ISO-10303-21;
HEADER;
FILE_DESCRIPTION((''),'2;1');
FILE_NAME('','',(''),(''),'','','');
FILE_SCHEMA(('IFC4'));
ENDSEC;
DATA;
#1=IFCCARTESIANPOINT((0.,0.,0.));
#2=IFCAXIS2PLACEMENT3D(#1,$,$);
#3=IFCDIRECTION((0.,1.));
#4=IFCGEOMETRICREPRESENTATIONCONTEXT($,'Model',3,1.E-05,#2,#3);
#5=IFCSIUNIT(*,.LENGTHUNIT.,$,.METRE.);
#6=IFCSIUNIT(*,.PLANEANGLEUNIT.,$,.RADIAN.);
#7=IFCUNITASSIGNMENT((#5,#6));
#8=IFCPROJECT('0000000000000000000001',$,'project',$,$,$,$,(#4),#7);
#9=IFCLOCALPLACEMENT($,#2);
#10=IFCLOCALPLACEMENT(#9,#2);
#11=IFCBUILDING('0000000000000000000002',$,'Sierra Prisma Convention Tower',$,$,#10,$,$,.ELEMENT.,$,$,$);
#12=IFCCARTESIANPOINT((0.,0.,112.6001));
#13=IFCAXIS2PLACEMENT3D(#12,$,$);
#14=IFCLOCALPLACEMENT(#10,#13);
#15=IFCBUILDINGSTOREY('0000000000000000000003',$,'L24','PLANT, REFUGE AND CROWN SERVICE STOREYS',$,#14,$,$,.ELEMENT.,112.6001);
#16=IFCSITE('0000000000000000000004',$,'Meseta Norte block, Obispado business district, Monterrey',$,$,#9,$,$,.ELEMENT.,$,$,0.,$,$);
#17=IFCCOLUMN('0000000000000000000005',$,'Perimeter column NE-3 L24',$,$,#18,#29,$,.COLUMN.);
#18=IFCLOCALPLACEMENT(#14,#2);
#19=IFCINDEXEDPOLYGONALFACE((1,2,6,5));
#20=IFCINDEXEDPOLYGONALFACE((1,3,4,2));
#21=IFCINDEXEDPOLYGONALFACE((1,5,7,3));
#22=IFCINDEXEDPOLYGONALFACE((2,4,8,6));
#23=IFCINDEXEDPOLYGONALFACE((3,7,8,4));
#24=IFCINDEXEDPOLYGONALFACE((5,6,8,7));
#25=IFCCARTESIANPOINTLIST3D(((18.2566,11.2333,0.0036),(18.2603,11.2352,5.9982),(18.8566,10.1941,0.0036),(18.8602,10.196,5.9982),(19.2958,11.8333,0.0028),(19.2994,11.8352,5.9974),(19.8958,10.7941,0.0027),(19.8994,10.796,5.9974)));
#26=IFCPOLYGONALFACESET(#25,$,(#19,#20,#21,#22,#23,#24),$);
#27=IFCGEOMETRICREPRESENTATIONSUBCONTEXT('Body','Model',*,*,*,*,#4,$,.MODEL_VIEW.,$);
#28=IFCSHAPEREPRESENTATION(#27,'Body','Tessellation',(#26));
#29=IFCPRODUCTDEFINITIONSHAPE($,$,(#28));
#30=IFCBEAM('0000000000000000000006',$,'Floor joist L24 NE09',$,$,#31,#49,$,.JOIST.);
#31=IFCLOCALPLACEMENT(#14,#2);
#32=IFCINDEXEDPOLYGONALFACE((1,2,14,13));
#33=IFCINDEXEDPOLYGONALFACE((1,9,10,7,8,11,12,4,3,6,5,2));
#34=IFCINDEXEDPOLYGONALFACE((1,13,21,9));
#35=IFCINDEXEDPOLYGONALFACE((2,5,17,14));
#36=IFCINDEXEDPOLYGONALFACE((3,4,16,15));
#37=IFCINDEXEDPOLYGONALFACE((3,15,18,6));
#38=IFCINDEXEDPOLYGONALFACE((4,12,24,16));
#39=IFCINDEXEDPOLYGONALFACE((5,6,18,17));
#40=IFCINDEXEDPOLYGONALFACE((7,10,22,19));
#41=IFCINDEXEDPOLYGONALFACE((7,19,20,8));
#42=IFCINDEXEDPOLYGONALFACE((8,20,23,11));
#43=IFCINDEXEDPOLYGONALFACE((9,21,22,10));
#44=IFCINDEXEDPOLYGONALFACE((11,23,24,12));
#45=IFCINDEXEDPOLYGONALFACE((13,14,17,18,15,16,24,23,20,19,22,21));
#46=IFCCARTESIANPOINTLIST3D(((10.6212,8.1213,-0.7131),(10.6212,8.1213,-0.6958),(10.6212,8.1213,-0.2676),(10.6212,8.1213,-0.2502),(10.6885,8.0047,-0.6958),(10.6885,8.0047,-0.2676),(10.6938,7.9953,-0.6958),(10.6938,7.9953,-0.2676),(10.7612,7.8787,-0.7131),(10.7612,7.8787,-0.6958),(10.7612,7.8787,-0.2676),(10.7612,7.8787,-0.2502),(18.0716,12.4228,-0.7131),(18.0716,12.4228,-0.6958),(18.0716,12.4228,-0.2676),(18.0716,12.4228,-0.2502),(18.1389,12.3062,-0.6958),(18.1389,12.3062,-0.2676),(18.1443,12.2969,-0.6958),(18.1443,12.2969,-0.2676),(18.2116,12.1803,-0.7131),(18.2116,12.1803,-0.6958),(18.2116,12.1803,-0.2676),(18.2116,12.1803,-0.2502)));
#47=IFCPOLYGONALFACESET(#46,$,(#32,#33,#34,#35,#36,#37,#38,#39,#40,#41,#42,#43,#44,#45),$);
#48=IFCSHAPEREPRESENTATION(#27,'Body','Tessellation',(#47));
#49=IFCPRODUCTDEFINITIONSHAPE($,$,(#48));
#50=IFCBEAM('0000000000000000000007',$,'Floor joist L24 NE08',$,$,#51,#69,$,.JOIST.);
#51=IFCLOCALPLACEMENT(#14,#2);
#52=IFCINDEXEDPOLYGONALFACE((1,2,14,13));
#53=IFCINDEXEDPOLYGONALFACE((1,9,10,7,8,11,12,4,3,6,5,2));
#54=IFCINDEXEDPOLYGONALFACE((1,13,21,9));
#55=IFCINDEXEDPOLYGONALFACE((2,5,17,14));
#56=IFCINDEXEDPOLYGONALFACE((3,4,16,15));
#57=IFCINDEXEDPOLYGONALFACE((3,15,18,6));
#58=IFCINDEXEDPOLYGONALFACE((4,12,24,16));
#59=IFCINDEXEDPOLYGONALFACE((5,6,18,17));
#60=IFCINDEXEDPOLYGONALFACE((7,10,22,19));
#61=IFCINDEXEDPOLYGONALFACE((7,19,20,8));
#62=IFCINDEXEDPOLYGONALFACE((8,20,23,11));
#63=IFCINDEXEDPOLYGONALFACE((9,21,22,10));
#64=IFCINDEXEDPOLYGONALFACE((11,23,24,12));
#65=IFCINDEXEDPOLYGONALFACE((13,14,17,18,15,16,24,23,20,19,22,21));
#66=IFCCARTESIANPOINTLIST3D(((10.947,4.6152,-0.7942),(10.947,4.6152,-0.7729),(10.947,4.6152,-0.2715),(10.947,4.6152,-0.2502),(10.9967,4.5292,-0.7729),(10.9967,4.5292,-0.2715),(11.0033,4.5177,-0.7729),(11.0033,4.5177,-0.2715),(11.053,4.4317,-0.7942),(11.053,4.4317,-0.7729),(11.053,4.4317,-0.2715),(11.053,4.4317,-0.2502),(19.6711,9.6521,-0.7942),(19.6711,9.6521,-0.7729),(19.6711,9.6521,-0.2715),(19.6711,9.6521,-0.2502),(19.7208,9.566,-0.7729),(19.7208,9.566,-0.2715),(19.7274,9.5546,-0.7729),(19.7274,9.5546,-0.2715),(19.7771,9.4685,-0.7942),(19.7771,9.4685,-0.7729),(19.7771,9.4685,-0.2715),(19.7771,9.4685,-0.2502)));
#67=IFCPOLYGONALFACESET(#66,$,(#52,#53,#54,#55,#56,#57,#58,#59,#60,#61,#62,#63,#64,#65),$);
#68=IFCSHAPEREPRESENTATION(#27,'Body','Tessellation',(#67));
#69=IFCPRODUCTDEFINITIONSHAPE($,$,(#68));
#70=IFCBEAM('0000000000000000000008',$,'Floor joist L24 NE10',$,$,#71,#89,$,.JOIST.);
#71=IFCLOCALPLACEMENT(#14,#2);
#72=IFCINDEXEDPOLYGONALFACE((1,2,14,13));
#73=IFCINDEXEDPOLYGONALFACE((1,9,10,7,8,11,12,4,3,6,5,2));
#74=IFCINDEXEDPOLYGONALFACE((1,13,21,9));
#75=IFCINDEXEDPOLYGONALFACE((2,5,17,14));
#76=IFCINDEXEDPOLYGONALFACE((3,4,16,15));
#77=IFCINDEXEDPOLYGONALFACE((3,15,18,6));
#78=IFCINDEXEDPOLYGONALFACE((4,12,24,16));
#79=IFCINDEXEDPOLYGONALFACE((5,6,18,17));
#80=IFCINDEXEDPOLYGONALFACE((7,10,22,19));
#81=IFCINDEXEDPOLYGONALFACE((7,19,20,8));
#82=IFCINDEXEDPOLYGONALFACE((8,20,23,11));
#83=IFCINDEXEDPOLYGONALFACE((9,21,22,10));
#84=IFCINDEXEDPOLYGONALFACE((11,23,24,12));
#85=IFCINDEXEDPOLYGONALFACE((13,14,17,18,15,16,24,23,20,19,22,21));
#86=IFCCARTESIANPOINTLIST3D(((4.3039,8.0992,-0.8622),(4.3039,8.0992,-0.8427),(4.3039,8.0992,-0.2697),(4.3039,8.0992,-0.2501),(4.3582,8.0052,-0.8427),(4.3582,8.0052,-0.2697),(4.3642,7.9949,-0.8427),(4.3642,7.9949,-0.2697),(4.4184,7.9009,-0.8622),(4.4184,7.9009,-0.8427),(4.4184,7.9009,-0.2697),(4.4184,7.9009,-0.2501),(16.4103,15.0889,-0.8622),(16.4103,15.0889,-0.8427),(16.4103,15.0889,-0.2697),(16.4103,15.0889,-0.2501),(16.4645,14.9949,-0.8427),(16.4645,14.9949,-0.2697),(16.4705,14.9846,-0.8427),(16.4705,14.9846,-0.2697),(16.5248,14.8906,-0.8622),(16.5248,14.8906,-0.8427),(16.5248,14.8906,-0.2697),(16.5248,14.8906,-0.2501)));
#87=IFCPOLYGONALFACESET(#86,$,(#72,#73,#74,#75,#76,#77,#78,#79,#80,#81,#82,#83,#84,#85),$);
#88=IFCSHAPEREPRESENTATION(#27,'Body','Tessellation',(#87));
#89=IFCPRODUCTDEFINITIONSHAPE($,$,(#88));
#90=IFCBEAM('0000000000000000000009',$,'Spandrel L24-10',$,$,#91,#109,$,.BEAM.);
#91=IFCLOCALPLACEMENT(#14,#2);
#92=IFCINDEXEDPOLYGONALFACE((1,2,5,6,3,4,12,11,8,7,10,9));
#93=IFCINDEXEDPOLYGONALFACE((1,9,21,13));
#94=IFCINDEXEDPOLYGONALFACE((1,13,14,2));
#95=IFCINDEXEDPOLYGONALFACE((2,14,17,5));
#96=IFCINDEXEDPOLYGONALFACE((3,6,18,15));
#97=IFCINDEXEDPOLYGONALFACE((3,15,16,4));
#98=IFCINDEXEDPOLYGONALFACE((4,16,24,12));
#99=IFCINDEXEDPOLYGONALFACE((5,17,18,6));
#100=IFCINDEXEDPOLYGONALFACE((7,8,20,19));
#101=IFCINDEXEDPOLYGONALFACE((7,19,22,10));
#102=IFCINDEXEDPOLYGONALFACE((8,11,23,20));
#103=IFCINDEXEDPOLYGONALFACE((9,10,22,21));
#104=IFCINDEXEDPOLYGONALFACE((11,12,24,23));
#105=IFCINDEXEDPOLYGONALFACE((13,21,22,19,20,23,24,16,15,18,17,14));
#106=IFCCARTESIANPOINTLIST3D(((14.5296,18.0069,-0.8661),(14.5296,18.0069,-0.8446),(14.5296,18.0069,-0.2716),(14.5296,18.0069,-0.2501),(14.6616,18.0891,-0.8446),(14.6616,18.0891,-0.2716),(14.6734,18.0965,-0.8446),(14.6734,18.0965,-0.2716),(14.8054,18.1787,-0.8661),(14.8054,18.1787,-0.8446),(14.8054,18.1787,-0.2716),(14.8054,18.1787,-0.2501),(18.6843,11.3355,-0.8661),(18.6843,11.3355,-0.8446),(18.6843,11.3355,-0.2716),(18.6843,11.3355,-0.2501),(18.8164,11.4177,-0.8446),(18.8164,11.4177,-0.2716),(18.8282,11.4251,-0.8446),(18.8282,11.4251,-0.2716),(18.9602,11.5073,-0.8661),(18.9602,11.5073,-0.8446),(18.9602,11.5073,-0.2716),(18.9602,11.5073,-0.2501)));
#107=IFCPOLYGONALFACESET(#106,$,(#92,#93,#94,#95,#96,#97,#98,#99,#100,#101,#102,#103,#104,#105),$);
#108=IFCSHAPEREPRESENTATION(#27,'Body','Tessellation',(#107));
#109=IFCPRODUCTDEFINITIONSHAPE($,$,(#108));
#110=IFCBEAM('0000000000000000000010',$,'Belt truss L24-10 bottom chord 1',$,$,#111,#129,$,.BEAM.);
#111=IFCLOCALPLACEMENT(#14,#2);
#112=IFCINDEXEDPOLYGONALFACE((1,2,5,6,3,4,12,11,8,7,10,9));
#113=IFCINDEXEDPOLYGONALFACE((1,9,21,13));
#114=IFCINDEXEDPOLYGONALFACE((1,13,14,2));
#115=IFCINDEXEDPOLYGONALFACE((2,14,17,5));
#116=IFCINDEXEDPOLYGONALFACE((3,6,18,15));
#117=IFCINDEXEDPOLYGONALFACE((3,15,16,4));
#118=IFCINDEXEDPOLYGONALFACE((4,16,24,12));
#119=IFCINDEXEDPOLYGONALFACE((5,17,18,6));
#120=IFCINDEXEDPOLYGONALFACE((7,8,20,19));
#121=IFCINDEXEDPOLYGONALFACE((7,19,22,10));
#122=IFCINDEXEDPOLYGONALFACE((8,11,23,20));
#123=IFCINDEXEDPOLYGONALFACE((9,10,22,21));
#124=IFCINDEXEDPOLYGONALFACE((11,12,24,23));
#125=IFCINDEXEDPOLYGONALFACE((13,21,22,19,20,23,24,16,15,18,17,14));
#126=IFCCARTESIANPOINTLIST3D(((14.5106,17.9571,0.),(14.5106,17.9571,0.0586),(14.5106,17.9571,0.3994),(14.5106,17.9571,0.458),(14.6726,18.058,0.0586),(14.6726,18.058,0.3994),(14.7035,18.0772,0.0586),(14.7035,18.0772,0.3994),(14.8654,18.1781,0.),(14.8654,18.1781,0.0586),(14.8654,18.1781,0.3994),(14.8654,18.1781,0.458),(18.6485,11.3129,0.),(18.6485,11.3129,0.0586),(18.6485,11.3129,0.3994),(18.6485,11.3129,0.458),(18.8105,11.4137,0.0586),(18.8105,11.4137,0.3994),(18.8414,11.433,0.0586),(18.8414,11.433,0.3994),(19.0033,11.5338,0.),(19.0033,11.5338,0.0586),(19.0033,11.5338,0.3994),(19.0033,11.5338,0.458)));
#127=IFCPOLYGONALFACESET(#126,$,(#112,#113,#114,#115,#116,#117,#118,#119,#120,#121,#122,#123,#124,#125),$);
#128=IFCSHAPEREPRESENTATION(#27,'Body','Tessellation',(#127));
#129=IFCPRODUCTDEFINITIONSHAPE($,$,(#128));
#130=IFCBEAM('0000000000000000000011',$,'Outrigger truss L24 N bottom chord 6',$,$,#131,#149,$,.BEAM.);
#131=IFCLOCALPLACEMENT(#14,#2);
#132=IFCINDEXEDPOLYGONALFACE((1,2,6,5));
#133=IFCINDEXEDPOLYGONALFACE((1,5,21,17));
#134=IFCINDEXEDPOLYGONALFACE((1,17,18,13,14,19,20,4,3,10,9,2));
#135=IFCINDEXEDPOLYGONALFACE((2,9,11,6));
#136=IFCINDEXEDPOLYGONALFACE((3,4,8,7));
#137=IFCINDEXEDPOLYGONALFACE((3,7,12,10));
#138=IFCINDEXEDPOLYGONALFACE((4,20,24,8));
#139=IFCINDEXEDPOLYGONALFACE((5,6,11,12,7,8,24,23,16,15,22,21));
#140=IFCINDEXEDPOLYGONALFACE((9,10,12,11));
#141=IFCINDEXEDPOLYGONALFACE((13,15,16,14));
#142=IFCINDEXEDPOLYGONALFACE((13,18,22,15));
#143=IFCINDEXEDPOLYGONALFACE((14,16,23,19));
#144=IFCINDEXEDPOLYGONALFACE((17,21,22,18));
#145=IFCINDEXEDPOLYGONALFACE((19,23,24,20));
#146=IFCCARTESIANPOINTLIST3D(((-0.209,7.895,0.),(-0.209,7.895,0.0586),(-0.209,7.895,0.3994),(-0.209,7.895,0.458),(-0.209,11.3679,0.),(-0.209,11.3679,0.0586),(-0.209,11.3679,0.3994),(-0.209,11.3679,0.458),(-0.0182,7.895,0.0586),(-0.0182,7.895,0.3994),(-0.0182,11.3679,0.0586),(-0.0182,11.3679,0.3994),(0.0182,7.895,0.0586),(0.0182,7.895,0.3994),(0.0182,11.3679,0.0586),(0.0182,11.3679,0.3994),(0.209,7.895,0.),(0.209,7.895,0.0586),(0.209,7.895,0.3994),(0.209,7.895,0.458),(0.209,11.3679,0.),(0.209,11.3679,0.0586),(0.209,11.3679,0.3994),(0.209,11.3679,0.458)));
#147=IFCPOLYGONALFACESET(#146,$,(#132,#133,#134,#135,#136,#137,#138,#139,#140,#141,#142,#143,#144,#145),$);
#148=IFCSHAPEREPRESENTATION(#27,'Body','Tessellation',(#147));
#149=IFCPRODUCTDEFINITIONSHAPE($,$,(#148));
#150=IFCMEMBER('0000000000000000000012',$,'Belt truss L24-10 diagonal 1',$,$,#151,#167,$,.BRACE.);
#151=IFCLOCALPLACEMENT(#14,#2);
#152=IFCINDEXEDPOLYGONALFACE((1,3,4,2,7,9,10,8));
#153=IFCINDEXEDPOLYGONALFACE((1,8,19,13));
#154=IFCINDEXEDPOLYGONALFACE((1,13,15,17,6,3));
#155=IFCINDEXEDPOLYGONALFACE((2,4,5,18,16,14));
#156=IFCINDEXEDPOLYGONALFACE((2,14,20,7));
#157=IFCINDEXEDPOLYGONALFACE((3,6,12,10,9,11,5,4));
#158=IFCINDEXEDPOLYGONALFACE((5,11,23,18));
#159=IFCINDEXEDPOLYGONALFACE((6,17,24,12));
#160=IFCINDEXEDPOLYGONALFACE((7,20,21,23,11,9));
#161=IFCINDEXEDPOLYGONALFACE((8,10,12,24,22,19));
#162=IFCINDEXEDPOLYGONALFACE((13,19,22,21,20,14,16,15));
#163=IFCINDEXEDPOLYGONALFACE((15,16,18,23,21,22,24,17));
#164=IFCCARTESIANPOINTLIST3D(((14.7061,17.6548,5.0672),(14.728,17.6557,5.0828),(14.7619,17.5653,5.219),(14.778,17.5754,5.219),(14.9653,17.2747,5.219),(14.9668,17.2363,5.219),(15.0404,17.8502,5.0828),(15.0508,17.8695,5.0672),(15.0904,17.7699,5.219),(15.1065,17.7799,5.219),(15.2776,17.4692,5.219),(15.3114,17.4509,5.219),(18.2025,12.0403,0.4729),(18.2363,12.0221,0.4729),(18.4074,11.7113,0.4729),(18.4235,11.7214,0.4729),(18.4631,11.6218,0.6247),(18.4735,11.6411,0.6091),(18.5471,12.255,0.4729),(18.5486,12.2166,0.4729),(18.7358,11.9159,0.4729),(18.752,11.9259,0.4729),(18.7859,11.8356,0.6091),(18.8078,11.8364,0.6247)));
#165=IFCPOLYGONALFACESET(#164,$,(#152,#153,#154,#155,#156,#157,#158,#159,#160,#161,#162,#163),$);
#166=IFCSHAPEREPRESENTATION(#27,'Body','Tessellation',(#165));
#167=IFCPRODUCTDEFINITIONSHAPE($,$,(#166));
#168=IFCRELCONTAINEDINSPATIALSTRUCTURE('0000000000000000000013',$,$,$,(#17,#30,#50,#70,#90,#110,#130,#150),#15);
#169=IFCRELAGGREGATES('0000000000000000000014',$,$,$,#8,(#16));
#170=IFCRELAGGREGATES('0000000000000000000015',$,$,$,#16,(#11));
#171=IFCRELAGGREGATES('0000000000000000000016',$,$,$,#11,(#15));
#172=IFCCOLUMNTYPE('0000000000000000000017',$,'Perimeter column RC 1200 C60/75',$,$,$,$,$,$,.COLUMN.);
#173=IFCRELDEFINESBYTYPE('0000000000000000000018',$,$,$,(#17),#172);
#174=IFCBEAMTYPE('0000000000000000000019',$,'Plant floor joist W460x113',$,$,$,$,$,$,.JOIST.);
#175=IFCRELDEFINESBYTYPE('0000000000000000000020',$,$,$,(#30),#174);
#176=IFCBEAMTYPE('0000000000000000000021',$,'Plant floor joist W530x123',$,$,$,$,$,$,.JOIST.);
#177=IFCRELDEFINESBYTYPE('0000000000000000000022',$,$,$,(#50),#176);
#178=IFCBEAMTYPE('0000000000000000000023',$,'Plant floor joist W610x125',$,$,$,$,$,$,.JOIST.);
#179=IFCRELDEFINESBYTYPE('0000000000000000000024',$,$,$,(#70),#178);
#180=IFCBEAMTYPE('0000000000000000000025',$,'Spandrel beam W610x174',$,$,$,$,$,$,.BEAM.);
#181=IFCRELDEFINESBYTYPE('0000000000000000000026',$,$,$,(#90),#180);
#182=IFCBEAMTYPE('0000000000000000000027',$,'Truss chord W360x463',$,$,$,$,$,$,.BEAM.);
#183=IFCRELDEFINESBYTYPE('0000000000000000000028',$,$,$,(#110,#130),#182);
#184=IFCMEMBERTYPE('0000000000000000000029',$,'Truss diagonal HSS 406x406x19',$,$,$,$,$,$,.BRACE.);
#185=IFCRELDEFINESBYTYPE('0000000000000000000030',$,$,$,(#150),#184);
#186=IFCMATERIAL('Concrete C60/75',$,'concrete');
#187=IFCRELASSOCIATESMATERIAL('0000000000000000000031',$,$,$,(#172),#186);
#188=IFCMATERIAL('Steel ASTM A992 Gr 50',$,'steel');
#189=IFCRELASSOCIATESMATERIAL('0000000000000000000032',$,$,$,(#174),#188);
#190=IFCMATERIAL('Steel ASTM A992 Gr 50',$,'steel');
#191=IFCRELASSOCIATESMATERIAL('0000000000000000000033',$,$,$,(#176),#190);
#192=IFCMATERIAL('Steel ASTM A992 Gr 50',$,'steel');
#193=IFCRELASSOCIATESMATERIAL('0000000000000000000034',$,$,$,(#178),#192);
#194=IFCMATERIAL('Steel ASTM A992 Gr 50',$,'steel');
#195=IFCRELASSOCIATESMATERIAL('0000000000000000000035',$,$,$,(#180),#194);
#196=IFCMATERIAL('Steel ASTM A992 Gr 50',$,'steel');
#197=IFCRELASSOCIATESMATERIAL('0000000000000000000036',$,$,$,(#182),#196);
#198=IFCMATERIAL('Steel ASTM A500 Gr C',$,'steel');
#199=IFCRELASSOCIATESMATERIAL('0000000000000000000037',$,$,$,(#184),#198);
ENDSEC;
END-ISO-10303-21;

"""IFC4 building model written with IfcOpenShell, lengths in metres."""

from ifc_helpers import new_model, si_unit, direction, frame, origin, origin_2d, place, context, subcontext, project, spatial, rectangle, hollow_rectangle, i_section, extrude, clip, halfspace, material, material_profile, profile_set, type_object, element, save


model = new_model("IFC4")

# Units and contexts
model_context = context("Model", 3, precision=1e-05, world=origin(), true_north=direction((0.0, 1.0)))
body_context = subcontext(model_context, "Body", "Model", "MODEL_VIEW")
ifc_project = project(units=[si_unit("LENGTHUNIT", "METRE"), si_unit("PLANEANGLEUNIT", "RADIAN")], contexts=[model_context])

# Site, building, storey
site_placement = place(None, origin())
site = spatial("IfcSite", under=ifc_project, at=site_placement, Name="Meseta Norte block, Obispado business district, Monterrey", CompositionType="ELEMENT", RefElevation=0.0)
building_placement = place(site_placement, origin())
building = spatial("IfcBuilding", under=site, at=building_placement, Name="Sierra Prisma Convention Tower", CompositionType="ELEMENT")
storey_placement = place(building_placement, frame((0.0, 0.0, 112.6001)))
storey = spatial("IfcBuildingStorey", under=building, at=storey_placement, Name="L24", Description="PLANT, REFUGE AND CROWN SERVICE STOREYS", CompositionType="ELEMENT", Elevation=112.6001)

# Column
ifc_material_1 = material(Name="Concrete C60/75", Category="concrete")
ifc_material_profile_1 = material_profile(ifc_material_1, rectangle(XDim=1.2, YDim=1.2, at=origin_2d()), Name="Perimeter column RC 1200 C60/75")
ifc_profile_set_1 = profile_set([ifc_material_profile_1], Name="Concrete C60/75")
column_type = type_object("IfcColumnType", Name="Perimeter column RC 1200 C60/75", PredefinedType="COLUMN", material=ifc_profile_set_1)
column_placement = place(storey_placement, frame((19.0762, 11.0137, 0.0), z_axis=(0.00061, 0.000326, 1.0), x_axis=(-0.5, 0.866025, -0.000282)))
element("IfcColumn", 1, at=column_placement, inside=storey, type_object=column_type, Name="Perimeter column NE-3 L24", PredefinedType="COLUMN", context=body_context, shape_type="SweptSolid", body=[
    clip(clip(extrude(rectangle(XDim=1.2, YDim=1.2, at=origin_2d()), origin(), (0.0, 0.0, 1.0), 6.0), halfspace(frame((0.0, 0.0, 0.0032)), True)), halfspace(frame((0.0, 0.0, 5.9978)), False)),
])

# Beams
ifc_material_2 = material(Name="Steel ASTM A992 Gr 50", Category="steel")
ifc_material_profile_2 = material_profile(ifc_material_2, i_section(OverallWidth=0.28, OverallDepth=0.4629, WebThickness=0.0107, FlangeThickness=0.0173, at=origin_2d()), Name="W460x113")
ifc_profile_set_2 = profile_set([ifc_material_profile_2], Name="Steel ASTM A992 Gr 50")
beam_type_1 = type_object("IfcBeamType", Name="Plant floor joist W460x113", PredefinedType="JOIST", material=ifc_profile_set_2)
beam_1_placement = place(storey_placement, frame((18.1416, 12.3015, -0.4817), z_axis=(-0.866025, -0.5, 0.0), x_axis=(0.5, -0.866025, 0.0)))
element("IfcBeam", 2, at=beam_1_placement, inside=storey, type_object=beam_type_1, Name="Floor joist L24 NE09", PredefinedType="JOIST", context=body_context, shape_type="SweptSolid", body=[
    extrude(i_section(OverallWidth=0.28, OverallDepth=0.4629, WebThickness=0.0107, FlangeThickness=0.0173, at=origin_2d()), origin(), (0.0, 0.0, 1.0), 8.603),
])
ifc_material_3 = material(Name="Steel ASTM A992 Gr 50", Category="steel")
ifc_material_profile_3 = material_profile(ifc_material_3, i_section(OverallWidth=0.2119, OverallDepth=0.5439, WebThickness=0.0132, FlangeThickness=0.0212, at=origin_2d()), Name="W530x123")
ifc_profile_set_3 = profile_set([ifc_material_profile_3], Name="Steel ASTM A992 Gr 50")
beam_type_2 = type_object("IfcBeamType", Name="Plant floor joist W530x123", PredefinedType="JOIST", material=ifc_profile_set_3)
beam_2_placement = place(storey_placement, frame((19.7241, 9.5603, -0.5222), z_axis=(-0.866026, -0.499999, 0.0), x_axis=(0.499999, -0.866026, 0.0)))
element("IfcBeam", 3, at=beam_2_placement, inside=storey, type_object=beam_type_2, Name="Floor joist L24 NE08", PredefinedType="JOIST", context=body_context, shape_type="SweptSolid", body=[
    extrude(i_section(OverallWidth=0.2119, OverallDepth=0.5439, WebThickness=0.0132, FlangeThickness=0.0212, at=origin_2d()), origin(), (0.0, 0.0, 1.0), 10.0737),
])
ifc_material_4 = material(Name="Steel ASTM A992 Gr 50", Category="steel")
ifc_material_profile_4 = material_profile(ifc_material_4, i_section(OverallWidth=0.229, OverallDepth=0.6121, WebThickness=0.012, FlangeThickness=0.0195, at=origin_2d()), Name="W610x125")
ifc_profile_set_4 = profile_set([ifc_material_profile_4], Name="Steel ASTM A992 Gr 50")
beam_type_3 = type_object("IfcBeamType", Name="Plant floor joist W610x125", PredefinedType="JOIST", material=ifc_profile_set_4)
beam_3_placement = place(storey_placement, frame((16.4675, 14.9897, -0.5562), z_axis=(-0.866023, -0.500005, 0.0), x_axis=(0.500005, -0.866023, 0.0)))
element("IfcBeam", 4, at=beam_3_placement, inside=storey, type_object=beam_type_3, Name="Floor joist L24 NE10", PredefinedType="JOIST", context=body_context, shape_type="SweptSolid", body=[
    extrude(i_section(OverallWidth=0.229, OverallDepth=0.6121, WebThickness=0.012, FlangeThickness=0.0195, at=origin_2d()), origin(), (0.0, 0.0, 1.0), 13.9792),
])
ifc_material_5 = material(Name="Steel ASTM A992 Gr 50", Category="steel")
ifc_material_profile_5 = material_profile(ifc_material_5, i_section(OverallWidth=0.325, OverallDepth=0.616, WebThickness=0.0139, FlangeThickness=0.0215, at=origin_2d()), Name="W610x174")
ifc_profile_set_5 = profile_set([ifc_material_profile_5], Name="Steel ASTM A992 Gr 50")
beam_type_4 = type_object("IfcBeamType", Name="Spandrel beam W610x174", PredefinedType="BEAM", material=ifc_profile_set_5)
beam_4_placement = place(storey_placement, frame((18.8223, 11.4214, -0.5581), z_axis=(-0.528641, 0.848845, 0.0), x_axis=(-0.848845, -0.528641, 0.0)))
element("IfcBeam", 5, at=beam_4_placement, inside=storey, type_object=beam_type_4, Name="Spandrel L24-10", PredefinedType="BEAM", context=body_context, shape_type="SweptSolid", body=[
    extrude(i_section(OverallWidth=0.325, OverallDepth=0.616, WebThickness=0.0139, FlangeThickness=0.0215, at=origin_2d()), origin(), (0.0, 0.0, 1.0), 7.8594),
])
ifc_material_6 = material(Name="Steel ASTM A992 Gr 50", Category="steel")
ifc_material_profile_6 = material_profile(ifc_material_6, i_section(OverallWidth=0.418, OverallDepth=0.458, WebThickness=0.0364, FlangeThickness=0.0586, at=origin_2d()), Name="W360x463")
ifc_profile_set_6 = profile_set([ifc_material_profile_6], Name="Steel ASTM A992 Gr 50")
beam_type_5 = type_object("IfcBeamType", Name="Truss chord W360x463", PredefinedType="BEAM", material=ifc_profile_set_6)
beam_5_placement = place(storey_placement, frame((18.8259, 11.4233, 0.229), z_axis=(-0.528644, 0.848844, 0.0), x_axis=(-0.848844, -0.528644, 0.0)))
element("IfcBeam", 6, at=beam_5_placement, inside=storey, type_object=beam_type_5, Name="Belt truss L24-10 bottom chord 1", PredefinedType="BEAM", context=body_context, shape_type="SweptSolid", body=[
    extrude(i_section(OverallWidth=0.418, OverallDepth=0.458, WebThickness=0.0364, FlangeThickness=0.0586, at=origin_2d()), origin(), (0.0, 0.0, 1.0), 7.8274),
])
beam_6_placement = place(storey_placement, frame((0.0, 11.3679, 0.229), z_axis=(0.0, -1.0, 0.0), x_axis=(1.0, 0.0, 0.0)))
element("IfcBeam", 7, at=beam_6_placement, inside=storey, type_object=beam_type_5, Name="Outrigger truss L24 N bottom chord 6", PredefinedType="BEAM", context=body_context, shape_type="SweptSolid", body=[
    extrude(i_section(OverallWidth=0.418, OverallDepth=0.458, WebThickness=0.0364, FlangeThickness=0.0586, at=origin_2d()), origin(), (0.0, 0.0, 1.0), 3.4729),
])

# Member
ifc_material_7 = material(Name="Steel ASTM A500 Gr C", Category="steel")
ifc_material_profile_7 = material_profile(ifc_material_7, hollow_rectangle(XDim=0.406, YDim=0.406, WallThickness=0.019, at=origin_2d()), Name="Truss diagonal HSS 406x406x19")
ifc_profile_set_7 = profile_set([ifc_material_profile_7], Name="Steel ASTM A500 Gr C")
member_type_1 = type_object("IfcMemberType", Name="Truss diagonal HSS 406x406x19", PredefinedType="BRACE", material=ifc_profile_set_7)
member_1_placement = place(storey_placement, frame((18.5742, 11.8274, 0.458), z_axis=(-0.434152, 0.697175, 0.57049), x_axis=(-0.848863, -0.528613, 0.0)))
element("IfcMember", 8, at=member_1_placement, inside=storey, type_object=member_type_1, Name="Belt truss L24-10 diagonal 1", PredefinedType="BRACE", context=body_context, shape_type="SweptSolid", body=[
    clip(clip(extrude(hollow_rectangle(XDim=0.406, YDim=0.406, WallThickness=0.019, at=origin_2d()), origin(), (0.0, 0.0, 1.0), 8.3716), halfspace(frame((0.0, 0.0122, 0.0085), z_axis=(0.0, 0.821303, 0.570492), x_axis=(1.0, 0.0, 0.0)), True)), halfspace(frame((0.0002, -0.0122, 8.363), z_axis=(0.0, -0.821304, -0.57049), x_axis=(1.0, 0.0, 0.0)), True)),
])

save(model, "model.ifc")
